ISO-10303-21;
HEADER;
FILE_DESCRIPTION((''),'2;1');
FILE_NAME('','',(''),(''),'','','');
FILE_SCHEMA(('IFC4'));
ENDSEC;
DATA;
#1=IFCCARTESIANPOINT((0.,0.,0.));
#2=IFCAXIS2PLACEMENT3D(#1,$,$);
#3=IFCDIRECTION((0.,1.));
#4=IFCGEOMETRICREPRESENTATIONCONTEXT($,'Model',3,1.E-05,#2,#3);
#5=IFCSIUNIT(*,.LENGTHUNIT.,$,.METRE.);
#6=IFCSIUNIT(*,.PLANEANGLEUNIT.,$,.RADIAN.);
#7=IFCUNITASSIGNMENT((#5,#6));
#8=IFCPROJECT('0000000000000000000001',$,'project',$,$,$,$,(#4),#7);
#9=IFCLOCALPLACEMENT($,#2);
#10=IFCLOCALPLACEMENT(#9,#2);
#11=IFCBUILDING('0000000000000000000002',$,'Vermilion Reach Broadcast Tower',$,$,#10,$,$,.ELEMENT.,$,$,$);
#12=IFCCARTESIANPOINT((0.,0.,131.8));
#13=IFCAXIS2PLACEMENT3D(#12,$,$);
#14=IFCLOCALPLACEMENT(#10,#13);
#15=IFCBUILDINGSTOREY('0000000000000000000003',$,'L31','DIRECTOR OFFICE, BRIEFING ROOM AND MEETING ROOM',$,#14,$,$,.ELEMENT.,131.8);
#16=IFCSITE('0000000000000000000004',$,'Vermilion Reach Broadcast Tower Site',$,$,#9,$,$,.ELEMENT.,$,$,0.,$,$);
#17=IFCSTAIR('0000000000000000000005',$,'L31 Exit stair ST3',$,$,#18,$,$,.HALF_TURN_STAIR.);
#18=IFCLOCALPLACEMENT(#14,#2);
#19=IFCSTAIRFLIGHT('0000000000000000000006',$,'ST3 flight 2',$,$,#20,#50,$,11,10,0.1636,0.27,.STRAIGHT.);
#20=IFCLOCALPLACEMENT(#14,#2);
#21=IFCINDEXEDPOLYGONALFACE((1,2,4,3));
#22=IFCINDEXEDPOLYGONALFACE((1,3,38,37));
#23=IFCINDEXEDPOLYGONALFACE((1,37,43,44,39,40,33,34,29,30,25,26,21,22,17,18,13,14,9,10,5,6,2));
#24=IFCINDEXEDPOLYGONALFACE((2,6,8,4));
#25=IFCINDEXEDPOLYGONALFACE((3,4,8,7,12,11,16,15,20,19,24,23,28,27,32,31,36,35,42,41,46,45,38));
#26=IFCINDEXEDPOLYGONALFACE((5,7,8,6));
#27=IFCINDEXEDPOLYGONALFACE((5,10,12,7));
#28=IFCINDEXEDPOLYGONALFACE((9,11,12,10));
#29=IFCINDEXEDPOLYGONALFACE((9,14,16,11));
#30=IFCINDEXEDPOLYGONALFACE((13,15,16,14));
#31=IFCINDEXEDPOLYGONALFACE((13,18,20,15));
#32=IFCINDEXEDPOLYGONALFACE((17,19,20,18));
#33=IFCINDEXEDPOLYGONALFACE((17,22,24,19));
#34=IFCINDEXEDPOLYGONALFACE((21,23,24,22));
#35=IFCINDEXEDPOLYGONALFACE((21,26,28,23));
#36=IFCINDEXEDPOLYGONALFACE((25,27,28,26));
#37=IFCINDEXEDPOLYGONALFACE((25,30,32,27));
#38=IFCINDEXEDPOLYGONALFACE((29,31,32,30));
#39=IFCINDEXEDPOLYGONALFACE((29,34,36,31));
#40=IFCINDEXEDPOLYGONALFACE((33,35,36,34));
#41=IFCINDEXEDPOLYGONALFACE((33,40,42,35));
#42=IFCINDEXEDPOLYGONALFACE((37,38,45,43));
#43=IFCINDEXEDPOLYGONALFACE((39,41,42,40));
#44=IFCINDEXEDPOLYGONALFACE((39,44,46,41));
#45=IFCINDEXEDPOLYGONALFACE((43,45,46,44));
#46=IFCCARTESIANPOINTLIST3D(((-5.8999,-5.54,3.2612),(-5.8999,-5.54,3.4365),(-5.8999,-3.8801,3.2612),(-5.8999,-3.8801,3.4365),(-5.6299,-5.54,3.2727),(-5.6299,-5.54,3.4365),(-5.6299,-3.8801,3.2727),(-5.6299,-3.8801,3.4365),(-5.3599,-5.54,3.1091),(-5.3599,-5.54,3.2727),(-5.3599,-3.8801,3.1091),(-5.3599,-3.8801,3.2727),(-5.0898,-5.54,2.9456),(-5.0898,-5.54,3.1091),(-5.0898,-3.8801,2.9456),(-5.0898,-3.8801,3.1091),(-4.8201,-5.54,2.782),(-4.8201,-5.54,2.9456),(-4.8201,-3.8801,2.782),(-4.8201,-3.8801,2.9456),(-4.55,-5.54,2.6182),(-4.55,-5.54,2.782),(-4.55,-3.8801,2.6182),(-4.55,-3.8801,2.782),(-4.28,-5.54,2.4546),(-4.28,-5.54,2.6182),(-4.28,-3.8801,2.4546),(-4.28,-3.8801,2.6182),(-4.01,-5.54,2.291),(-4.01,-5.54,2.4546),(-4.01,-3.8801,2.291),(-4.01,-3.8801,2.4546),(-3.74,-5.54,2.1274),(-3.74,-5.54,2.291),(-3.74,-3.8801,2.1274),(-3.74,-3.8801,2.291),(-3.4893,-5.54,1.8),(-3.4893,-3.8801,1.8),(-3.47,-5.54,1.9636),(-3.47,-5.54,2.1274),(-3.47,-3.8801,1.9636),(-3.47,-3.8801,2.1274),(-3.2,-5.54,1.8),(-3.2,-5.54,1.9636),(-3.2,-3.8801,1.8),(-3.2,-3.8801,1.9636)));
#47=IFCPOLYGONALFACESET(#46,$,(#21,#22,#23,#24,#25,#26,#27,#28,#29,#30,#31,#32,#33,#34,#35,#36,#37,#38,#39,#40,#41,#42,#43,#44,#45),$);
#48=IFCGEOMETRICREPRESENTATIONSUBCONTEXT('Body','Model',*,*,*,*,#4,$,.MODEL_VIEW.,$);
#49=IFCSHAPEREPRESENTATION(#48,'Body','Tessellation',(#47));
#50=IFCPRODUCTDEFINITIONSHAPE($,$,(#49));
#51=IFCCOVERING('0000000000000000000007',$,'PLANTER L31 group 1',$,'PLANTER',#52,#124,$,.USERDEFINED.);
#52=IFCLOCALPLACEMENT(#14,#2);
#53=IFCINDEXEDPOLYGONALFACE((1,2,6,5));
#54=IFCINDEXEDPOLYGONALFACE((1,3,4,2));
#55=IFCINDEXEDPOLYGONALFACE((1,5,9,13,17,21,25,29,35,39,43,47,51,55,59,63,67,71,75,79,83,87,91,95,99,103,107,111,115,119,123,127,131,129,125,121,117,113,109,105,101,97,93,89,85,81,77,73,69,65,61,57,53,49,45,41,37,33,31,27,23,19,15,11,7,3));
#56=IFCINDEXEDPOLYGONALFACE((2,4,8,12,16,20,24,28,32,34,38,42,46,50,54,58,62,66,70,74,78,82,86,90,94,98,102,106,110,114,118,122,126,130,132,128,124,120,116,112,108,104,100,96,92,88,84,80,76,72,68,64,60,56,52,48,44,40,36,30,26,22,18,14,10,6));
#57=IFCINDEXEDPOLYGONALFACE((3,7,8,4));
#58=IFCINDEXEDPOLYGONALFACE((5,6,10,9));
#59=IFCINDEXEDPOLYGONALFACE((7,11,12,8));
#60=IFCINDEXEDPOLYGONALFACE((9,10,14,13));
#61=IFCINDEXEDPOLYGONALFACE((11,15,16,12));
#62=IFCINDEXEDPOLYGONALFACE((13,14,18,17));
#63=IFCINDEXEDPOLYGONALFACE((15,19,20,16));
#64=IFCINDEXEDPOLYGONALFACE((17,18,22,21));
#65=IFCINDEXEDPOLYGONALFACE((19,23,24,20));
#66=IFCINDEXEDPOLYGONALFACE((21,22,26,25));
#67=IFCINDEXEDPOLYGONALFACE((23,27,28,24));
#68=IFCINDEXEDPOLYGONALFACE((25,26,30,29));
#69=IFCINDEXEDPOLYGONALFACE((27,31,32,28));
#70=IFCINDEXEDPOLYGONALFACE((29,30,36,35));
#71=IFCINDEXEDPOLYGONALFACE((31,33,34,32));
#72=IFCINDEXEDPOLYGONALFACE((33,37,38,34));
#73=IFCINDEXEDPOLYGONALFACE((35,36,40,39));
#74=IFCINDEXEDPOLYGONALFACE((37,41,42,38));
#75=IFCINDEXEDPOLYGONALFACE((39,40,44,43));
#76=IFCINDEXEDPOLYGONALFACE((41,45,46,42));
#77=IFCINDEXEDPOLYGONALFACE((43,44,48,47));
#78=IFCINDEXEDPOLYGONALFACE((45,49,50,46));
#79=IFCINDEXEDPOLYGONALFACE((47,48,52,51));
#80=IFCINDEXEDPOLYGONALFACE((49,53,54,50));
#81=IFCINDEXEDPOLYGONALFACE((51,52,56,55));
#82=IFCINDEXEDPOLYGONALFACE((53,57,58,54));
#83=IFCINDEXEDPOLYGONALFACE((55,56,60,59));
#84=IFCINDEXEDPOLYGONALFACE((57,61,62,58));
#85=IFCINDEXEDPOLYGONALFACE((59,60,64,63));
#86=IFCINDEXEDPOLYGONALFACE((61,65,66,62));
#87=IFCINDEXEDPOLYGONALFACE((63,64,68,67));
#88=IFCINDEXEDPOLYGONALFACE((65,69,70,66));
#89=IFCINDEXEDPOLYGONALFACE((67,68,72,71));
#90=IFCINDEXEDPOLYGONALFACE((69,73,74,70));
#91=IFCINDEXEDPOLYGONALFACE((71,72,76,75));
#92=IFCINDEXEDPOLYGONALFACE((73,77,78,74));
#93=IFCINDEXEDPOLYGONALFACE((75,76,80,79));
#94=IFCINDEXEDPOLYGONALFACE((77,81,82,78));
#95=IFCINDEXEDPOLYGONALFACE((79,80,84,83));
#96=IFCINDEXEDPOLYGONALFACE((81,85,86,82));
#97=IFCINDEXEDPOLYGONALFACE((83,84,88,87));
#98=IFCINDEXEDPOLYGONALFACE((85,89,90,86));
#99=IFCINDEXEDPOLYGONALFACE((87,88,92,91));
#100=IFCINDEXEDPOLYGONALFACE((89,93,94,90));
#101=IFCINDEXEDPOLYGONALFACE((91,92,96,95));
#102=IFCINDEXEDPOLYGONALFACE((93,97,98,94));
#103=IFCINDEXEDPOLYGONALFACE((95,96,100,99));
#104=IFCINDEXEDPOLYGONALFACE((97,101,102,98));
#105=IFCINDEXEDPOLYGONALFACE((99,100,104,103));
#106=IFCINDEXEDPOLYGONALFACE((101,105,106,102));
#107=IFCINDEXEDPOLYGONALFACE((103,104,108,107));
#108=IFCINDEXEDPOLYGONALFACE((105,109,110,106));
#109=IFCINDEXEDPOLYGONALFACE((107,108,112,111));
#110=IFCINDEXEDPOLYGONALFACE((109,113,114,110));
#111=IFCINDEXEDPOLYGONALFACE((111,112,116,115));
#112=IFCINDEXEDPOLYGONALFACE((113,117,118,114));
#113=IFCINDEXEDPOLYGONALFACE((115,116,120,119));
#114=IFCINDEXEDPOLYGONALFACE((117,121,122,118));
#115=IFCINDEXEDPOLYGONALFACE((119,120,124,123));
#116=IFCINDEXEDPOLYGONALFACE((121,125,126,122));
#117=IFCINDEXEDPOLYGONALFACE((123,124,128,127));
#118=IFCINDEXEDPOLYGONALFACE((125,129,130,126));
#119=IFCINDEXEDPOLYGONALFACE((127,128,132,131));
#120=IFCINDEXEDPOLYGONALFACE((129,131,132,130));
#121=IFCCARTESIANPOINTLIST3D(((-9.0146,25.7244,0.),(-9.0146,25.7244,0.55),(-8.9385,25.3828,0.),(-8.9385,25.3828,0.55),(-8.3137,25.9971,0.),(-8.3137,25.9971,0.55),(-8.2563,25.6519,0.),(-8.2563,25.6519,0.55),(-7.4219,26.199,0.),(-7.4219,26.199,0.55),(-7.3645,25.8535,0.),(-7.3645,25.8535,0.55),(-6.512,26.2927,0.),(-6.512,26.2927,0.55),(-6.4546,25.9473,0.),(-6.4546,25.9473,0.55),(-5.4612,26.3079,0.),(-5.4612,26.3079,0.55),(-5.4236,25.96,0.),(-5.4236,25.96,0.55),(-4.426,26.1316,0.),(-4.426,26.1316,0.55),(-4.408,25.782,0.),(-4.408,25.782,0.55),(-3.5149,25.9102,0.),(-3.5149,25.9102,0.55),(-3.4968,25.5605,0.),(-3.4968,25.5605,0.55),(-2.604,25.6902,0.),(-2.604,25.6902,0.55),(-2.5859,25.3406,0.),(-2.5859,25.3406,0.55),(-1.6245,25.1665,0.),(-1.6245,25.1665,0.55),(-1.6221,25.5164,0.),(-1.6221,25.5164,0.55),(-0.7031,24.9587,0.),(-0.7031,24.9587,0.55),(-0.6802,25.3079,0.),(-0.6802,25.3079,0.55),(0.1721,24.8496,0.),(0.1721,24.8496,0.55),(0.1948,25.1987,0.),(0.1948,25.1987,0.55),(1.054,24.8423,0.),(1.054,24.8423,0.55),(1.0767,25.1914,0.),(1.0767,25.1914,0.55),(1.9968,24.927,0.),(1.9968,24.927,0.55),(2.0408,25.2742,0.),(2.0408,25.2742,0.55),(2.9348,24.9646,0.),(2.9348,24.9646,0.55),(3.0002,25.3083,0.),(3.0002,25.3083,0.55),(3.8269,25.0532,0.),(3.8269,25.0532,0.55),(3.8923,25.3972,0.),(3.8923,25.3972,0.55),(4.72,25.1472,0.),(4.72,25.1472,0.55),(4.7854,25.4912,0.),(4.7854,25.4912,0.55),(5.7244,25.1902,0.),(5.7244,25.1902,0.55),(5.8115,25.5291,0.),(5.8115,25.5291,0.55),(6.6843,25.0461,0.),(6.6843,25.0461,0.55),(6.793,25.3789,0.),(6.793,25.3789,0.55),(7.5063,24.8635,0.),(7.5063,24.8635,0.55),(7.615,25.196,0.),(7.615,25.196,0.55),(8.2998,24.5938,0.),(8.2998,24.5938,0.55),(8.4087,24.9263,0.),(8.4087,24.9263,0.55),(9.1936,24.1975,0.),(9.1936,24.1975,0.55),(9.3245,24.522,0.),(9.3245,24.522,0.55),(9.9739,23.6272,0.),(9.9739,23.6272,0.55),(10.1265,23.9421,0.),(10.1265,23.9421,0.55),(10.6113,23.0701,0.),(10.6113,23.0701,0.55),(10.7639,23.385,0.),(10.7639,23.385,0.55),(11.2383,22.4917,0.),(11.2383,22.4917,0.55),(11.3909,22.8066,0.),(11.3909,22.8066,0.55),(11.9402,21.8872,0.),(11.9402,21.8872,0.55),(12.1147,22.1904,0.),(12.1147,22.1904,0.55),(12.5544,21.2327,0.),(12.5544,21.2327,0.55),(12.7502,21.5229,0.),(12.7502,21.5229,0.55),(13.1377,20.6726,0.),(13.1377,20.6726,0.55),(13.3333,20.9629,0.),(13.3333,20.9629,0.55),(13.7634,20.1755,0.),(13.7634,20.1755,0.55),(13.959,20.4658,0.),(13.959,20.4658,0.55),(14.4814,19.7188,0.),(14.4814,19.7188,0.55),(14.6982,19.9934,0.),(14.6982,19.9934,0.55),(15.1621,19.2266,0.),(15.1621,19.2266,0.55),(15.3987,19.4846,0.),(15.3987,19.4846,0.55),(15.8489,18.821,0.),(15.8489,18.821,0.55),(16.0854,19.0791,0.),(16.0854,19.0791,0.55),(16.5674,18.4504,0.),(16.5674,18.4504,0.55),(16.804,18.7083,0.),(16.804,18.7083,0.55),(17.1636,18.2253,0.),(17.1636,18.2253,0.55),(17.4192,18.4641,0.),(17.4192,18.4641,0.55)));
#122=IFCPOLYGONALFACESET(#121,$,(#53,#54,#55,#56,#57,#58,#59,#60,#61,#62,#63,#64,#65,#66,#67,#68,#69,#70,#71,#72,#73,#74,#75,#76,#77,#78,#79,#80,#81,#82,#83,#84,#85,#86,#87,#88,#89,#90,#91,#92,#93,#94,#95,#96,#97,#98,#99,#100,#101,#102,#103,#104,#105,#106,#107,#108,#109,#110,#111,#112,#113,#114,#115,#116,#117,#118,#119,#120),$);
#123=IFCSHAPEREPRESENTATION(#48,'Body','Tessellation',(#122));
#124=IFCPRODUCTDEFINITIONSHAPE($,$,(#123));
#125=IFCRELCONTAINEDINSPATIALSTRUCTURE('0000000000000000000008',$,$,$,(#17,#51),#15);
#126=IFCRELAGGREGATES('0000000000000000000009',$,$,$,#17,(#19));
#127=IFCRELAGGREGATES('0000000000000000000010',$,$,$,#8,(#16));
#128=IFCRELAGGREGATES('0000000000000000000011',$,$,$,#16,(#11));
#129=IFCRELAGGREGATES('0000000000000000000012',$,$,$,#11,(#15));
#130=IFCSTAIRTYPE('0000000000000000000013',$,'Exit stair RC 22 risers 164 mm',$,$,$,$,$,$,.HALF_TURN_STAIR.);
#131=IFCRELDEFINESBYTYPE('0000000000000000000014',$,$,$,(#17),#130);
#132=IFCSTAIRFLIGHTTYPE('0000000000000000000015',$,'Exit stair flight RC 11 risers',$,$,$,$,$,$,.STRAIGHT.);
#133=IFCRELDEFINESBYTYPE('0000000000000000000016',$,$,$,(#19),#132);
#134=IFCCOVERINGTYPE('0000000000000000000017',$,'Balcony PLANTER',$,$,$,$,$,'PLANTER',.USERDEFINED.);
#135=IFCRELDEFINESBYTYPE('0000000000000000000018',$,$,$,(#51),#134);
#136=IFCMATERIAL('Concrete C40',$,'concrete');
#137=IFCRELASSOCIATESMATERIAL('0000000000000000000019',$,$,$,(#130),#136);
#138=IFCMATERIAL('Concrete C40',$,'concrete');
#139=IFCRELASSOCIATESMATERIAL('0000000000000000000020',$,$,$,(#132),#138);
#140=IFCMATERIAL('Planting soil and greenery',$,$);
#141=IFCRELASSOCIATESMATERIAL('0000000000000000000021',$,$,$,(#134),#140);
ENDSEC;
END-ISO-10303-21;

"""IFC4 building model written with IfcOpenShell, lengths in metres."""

from ifc_helpers import new_model, si_unit, direction, frame, origin, place, context, subcontext, project, spatial, polyline, outline, extrude, material, type_object, element, aggregate, save


model = new_model("IFC4")

# Units and contexts
model_context = context("Model", 3, precision=1e-05, world=origin(), true_north=direction((0.0, 1.0)))
body_context = subcontext(model_context, "Body", "Model", "MODEL_VIEW")
ifc_project = project(units=[si_unit("LENGTHUNIT", "METRE"), si_unit("PLANEANGLEUNIT", "RADIAN")], contexts=[model_context])

# Site, building, storey
site_placement = place(None, origin())
site = spatial("IfcSite", under=ifc_project, at=site_placement, Name="Vermilion Reach Broadcast Tower Site", CompositionType="ELEMENT", RefElevation=0.0)
building_placement = place(site_placement, origin())
building = spatial("IfcBuilding", under=site, at=building_placement, Name="Vermilion Reach Broadcast Tower", CompositionType="ELEMENT")
storey_placement = place(building_placement, frame((0.0, 0.0, 131.8)))
storey = spatial("IfcBuildingStorey", under=building, at=storey_placement, Name="L31", Description="DIRECTOR OFFICE, BRIEFING ROOM AND MEETING ROOM", CompositionType="ELEMENT", Elevation=131.8)

# Stair, stair flight
ifc_material_1 = material(Name="Concrete C40", Category="concrete")
stair_type = type_object("IfcStairType", Name="Exit stair RC 22 risers 164 mm", PredefinedType="HALF_TURN_STAIR", material=ifc_material_1)
placement_1 = place(storey_placement, origin())
stair = element("IfcStair", 1, at=placement_1, inside=storey, type_object=stair_type, Name="L31 Exit stair ST3", PredefinedType="HALF_TURN_STAIR")
ifc_material_2 = material(Name="Concrete C40", Category="concrete")
stair_flight_type = type_object("IfcStairFlightType", Name="Exit stair flight RC 11 risers", PredefinedType="STRAIGHT", material=ifc_material_2)
stair_flight_placement = place(storey_placement, frame((-3.2, -4.71, 1.8), z_axis=(0.0, 0.0, 1.0), x_axis=(-1.0, 0.0, 0.0)))
stair_flight = element("IfcStairFlight", 2, at=stair_flight_placement, type_object=stair_flight_type, Name="ST3 flight 2", NumberOfRisers=11, NumberOfTreads=10, PredefinedType="STRAIGHT", RiserHeight=0.1636, TreadLength=0.27, context=body_context, shape_type="SweptSolid", body=[
    extrude(outline(polyline([(0.0, 0.0), (0.0, 0.1636), (0.27, 0.1636), (0.27, 0.3274), (0.54, 0.3274), (0.54, 0.491), (0.8101, 0.491), (0.8101, 0.6545), (1.0801, 0.6545), (1.0801, 0.8181), (1.3501, 0.8181), (1.3501, 0.9819), (1.6201, 0.9819), (1.6201, 1.1455), (1.8899, 1.1455), (1.8899, 1.3091), (2.1599, 1.3091), (2.1599, 1.4727), (2.4299, 1.4727), (2.4299, 1.6365), (2.7, 1.6365), (2.7, 1.8), (2.7, 1.4612), (0.2893, 0.0), (0.0, 0.0)])), frame((0.0, 0.8301, 0.0), z_axis=(0.0, -1.0, 0.0), x_axis=(1.0, 0.0, 0.0)), (0.0, 0.0, 1.0), 1.6599),
])
aggregate(stair, [stair_flight])

# Covering
ifc_material_3 = material(Name="Planting soil and greenery")
covering_type = type_object("IfcCoveringType", Name="Balcony PLANTER", ElementType="PLANTER", PredefinedType="USERDEFINED", material=ifc_material_3)
element("IfcCovering", 3, at=placement_1, inside=storey, type_object=covering_type, Name="PLANTER L31 group 1", ObjectType="PLANTER", PredefinedType="USERDEFINED", context=body_context, shape_type="SweptSolid", body=[
    extrude(outline(polyline([(17.4192, 18.4641), (16.804, 18.7083), (16.0854, 19.0791), (15.3987, 19.4846), (14.6982, 19.9934), (13.959, 20.4658), (13.3333, 20.9629), (12.7502, 21.5229), (12.1147, 22.1904), (11.3909, 22.8066), (10.7639, 23.385), (10.1265, 23.9421), (9.3245, 24.522), (8.4087, 24.9263), (7.615, 25.196), (6.793, 25.3789), (5.8115, 25.5291), (4.7854, 25.4912), (3.8923, 25.3972), (3.0002, 25.3083), (2.0408, 25.2742), (1.0767, 25.1914), (0.1948, 25.1987), (-0.6802, 25.3079), (-1.6221, 25.5164), (-2.604, 25.6902), (-3.5149, 25.9102), (-4.426, 26.1316), (-5.4612, 26.3079), (-6.512, 26.2927), (-7.4219, 26.199), (-8.3137, 25.9971), (-9.0146, 25.7244), (-8.9385, 25.3828), (-8.2563, 25.6519), (-7.3645, 25.8535), (-6.4546, 25.9473), (-5.4236, 25.96), (-4.408, 25.782), (-3.4968, 25.5605), (-2.5859, 25.3406), (-1.6245, 25.1665), (-0.7031, 24.9587), (0.1721, 24.8496), (1.054, 24.8423), (1.9968, 24.927), (2.9348, 24.9646), (3.8269, 25.0532), (4.72, 25.1472), (5.7244, 25.1902), (6.6843, 25.0461), (7.5063, 24.8635), (8.2998, 24.5938), (9.1936, 24.1975), (9.9739, 23.6272), (10.6113, 23.0701), (11.2383, 22.4917), (11.9402, 21.8872), (12.5544, 21.2327), (13.1377, 20.6726), (13.7634, 20.1755), (14.4814, 19.7188), (15.1621, 19.2266), (15.8489, 18.821), (16.5674, 18.4504), (17.1636, 18.2253), (17.4192, 18.4641)])), origin(), (0.0, 0.0, 1.0), 0.55),
])

save(model, "model.ifc")
